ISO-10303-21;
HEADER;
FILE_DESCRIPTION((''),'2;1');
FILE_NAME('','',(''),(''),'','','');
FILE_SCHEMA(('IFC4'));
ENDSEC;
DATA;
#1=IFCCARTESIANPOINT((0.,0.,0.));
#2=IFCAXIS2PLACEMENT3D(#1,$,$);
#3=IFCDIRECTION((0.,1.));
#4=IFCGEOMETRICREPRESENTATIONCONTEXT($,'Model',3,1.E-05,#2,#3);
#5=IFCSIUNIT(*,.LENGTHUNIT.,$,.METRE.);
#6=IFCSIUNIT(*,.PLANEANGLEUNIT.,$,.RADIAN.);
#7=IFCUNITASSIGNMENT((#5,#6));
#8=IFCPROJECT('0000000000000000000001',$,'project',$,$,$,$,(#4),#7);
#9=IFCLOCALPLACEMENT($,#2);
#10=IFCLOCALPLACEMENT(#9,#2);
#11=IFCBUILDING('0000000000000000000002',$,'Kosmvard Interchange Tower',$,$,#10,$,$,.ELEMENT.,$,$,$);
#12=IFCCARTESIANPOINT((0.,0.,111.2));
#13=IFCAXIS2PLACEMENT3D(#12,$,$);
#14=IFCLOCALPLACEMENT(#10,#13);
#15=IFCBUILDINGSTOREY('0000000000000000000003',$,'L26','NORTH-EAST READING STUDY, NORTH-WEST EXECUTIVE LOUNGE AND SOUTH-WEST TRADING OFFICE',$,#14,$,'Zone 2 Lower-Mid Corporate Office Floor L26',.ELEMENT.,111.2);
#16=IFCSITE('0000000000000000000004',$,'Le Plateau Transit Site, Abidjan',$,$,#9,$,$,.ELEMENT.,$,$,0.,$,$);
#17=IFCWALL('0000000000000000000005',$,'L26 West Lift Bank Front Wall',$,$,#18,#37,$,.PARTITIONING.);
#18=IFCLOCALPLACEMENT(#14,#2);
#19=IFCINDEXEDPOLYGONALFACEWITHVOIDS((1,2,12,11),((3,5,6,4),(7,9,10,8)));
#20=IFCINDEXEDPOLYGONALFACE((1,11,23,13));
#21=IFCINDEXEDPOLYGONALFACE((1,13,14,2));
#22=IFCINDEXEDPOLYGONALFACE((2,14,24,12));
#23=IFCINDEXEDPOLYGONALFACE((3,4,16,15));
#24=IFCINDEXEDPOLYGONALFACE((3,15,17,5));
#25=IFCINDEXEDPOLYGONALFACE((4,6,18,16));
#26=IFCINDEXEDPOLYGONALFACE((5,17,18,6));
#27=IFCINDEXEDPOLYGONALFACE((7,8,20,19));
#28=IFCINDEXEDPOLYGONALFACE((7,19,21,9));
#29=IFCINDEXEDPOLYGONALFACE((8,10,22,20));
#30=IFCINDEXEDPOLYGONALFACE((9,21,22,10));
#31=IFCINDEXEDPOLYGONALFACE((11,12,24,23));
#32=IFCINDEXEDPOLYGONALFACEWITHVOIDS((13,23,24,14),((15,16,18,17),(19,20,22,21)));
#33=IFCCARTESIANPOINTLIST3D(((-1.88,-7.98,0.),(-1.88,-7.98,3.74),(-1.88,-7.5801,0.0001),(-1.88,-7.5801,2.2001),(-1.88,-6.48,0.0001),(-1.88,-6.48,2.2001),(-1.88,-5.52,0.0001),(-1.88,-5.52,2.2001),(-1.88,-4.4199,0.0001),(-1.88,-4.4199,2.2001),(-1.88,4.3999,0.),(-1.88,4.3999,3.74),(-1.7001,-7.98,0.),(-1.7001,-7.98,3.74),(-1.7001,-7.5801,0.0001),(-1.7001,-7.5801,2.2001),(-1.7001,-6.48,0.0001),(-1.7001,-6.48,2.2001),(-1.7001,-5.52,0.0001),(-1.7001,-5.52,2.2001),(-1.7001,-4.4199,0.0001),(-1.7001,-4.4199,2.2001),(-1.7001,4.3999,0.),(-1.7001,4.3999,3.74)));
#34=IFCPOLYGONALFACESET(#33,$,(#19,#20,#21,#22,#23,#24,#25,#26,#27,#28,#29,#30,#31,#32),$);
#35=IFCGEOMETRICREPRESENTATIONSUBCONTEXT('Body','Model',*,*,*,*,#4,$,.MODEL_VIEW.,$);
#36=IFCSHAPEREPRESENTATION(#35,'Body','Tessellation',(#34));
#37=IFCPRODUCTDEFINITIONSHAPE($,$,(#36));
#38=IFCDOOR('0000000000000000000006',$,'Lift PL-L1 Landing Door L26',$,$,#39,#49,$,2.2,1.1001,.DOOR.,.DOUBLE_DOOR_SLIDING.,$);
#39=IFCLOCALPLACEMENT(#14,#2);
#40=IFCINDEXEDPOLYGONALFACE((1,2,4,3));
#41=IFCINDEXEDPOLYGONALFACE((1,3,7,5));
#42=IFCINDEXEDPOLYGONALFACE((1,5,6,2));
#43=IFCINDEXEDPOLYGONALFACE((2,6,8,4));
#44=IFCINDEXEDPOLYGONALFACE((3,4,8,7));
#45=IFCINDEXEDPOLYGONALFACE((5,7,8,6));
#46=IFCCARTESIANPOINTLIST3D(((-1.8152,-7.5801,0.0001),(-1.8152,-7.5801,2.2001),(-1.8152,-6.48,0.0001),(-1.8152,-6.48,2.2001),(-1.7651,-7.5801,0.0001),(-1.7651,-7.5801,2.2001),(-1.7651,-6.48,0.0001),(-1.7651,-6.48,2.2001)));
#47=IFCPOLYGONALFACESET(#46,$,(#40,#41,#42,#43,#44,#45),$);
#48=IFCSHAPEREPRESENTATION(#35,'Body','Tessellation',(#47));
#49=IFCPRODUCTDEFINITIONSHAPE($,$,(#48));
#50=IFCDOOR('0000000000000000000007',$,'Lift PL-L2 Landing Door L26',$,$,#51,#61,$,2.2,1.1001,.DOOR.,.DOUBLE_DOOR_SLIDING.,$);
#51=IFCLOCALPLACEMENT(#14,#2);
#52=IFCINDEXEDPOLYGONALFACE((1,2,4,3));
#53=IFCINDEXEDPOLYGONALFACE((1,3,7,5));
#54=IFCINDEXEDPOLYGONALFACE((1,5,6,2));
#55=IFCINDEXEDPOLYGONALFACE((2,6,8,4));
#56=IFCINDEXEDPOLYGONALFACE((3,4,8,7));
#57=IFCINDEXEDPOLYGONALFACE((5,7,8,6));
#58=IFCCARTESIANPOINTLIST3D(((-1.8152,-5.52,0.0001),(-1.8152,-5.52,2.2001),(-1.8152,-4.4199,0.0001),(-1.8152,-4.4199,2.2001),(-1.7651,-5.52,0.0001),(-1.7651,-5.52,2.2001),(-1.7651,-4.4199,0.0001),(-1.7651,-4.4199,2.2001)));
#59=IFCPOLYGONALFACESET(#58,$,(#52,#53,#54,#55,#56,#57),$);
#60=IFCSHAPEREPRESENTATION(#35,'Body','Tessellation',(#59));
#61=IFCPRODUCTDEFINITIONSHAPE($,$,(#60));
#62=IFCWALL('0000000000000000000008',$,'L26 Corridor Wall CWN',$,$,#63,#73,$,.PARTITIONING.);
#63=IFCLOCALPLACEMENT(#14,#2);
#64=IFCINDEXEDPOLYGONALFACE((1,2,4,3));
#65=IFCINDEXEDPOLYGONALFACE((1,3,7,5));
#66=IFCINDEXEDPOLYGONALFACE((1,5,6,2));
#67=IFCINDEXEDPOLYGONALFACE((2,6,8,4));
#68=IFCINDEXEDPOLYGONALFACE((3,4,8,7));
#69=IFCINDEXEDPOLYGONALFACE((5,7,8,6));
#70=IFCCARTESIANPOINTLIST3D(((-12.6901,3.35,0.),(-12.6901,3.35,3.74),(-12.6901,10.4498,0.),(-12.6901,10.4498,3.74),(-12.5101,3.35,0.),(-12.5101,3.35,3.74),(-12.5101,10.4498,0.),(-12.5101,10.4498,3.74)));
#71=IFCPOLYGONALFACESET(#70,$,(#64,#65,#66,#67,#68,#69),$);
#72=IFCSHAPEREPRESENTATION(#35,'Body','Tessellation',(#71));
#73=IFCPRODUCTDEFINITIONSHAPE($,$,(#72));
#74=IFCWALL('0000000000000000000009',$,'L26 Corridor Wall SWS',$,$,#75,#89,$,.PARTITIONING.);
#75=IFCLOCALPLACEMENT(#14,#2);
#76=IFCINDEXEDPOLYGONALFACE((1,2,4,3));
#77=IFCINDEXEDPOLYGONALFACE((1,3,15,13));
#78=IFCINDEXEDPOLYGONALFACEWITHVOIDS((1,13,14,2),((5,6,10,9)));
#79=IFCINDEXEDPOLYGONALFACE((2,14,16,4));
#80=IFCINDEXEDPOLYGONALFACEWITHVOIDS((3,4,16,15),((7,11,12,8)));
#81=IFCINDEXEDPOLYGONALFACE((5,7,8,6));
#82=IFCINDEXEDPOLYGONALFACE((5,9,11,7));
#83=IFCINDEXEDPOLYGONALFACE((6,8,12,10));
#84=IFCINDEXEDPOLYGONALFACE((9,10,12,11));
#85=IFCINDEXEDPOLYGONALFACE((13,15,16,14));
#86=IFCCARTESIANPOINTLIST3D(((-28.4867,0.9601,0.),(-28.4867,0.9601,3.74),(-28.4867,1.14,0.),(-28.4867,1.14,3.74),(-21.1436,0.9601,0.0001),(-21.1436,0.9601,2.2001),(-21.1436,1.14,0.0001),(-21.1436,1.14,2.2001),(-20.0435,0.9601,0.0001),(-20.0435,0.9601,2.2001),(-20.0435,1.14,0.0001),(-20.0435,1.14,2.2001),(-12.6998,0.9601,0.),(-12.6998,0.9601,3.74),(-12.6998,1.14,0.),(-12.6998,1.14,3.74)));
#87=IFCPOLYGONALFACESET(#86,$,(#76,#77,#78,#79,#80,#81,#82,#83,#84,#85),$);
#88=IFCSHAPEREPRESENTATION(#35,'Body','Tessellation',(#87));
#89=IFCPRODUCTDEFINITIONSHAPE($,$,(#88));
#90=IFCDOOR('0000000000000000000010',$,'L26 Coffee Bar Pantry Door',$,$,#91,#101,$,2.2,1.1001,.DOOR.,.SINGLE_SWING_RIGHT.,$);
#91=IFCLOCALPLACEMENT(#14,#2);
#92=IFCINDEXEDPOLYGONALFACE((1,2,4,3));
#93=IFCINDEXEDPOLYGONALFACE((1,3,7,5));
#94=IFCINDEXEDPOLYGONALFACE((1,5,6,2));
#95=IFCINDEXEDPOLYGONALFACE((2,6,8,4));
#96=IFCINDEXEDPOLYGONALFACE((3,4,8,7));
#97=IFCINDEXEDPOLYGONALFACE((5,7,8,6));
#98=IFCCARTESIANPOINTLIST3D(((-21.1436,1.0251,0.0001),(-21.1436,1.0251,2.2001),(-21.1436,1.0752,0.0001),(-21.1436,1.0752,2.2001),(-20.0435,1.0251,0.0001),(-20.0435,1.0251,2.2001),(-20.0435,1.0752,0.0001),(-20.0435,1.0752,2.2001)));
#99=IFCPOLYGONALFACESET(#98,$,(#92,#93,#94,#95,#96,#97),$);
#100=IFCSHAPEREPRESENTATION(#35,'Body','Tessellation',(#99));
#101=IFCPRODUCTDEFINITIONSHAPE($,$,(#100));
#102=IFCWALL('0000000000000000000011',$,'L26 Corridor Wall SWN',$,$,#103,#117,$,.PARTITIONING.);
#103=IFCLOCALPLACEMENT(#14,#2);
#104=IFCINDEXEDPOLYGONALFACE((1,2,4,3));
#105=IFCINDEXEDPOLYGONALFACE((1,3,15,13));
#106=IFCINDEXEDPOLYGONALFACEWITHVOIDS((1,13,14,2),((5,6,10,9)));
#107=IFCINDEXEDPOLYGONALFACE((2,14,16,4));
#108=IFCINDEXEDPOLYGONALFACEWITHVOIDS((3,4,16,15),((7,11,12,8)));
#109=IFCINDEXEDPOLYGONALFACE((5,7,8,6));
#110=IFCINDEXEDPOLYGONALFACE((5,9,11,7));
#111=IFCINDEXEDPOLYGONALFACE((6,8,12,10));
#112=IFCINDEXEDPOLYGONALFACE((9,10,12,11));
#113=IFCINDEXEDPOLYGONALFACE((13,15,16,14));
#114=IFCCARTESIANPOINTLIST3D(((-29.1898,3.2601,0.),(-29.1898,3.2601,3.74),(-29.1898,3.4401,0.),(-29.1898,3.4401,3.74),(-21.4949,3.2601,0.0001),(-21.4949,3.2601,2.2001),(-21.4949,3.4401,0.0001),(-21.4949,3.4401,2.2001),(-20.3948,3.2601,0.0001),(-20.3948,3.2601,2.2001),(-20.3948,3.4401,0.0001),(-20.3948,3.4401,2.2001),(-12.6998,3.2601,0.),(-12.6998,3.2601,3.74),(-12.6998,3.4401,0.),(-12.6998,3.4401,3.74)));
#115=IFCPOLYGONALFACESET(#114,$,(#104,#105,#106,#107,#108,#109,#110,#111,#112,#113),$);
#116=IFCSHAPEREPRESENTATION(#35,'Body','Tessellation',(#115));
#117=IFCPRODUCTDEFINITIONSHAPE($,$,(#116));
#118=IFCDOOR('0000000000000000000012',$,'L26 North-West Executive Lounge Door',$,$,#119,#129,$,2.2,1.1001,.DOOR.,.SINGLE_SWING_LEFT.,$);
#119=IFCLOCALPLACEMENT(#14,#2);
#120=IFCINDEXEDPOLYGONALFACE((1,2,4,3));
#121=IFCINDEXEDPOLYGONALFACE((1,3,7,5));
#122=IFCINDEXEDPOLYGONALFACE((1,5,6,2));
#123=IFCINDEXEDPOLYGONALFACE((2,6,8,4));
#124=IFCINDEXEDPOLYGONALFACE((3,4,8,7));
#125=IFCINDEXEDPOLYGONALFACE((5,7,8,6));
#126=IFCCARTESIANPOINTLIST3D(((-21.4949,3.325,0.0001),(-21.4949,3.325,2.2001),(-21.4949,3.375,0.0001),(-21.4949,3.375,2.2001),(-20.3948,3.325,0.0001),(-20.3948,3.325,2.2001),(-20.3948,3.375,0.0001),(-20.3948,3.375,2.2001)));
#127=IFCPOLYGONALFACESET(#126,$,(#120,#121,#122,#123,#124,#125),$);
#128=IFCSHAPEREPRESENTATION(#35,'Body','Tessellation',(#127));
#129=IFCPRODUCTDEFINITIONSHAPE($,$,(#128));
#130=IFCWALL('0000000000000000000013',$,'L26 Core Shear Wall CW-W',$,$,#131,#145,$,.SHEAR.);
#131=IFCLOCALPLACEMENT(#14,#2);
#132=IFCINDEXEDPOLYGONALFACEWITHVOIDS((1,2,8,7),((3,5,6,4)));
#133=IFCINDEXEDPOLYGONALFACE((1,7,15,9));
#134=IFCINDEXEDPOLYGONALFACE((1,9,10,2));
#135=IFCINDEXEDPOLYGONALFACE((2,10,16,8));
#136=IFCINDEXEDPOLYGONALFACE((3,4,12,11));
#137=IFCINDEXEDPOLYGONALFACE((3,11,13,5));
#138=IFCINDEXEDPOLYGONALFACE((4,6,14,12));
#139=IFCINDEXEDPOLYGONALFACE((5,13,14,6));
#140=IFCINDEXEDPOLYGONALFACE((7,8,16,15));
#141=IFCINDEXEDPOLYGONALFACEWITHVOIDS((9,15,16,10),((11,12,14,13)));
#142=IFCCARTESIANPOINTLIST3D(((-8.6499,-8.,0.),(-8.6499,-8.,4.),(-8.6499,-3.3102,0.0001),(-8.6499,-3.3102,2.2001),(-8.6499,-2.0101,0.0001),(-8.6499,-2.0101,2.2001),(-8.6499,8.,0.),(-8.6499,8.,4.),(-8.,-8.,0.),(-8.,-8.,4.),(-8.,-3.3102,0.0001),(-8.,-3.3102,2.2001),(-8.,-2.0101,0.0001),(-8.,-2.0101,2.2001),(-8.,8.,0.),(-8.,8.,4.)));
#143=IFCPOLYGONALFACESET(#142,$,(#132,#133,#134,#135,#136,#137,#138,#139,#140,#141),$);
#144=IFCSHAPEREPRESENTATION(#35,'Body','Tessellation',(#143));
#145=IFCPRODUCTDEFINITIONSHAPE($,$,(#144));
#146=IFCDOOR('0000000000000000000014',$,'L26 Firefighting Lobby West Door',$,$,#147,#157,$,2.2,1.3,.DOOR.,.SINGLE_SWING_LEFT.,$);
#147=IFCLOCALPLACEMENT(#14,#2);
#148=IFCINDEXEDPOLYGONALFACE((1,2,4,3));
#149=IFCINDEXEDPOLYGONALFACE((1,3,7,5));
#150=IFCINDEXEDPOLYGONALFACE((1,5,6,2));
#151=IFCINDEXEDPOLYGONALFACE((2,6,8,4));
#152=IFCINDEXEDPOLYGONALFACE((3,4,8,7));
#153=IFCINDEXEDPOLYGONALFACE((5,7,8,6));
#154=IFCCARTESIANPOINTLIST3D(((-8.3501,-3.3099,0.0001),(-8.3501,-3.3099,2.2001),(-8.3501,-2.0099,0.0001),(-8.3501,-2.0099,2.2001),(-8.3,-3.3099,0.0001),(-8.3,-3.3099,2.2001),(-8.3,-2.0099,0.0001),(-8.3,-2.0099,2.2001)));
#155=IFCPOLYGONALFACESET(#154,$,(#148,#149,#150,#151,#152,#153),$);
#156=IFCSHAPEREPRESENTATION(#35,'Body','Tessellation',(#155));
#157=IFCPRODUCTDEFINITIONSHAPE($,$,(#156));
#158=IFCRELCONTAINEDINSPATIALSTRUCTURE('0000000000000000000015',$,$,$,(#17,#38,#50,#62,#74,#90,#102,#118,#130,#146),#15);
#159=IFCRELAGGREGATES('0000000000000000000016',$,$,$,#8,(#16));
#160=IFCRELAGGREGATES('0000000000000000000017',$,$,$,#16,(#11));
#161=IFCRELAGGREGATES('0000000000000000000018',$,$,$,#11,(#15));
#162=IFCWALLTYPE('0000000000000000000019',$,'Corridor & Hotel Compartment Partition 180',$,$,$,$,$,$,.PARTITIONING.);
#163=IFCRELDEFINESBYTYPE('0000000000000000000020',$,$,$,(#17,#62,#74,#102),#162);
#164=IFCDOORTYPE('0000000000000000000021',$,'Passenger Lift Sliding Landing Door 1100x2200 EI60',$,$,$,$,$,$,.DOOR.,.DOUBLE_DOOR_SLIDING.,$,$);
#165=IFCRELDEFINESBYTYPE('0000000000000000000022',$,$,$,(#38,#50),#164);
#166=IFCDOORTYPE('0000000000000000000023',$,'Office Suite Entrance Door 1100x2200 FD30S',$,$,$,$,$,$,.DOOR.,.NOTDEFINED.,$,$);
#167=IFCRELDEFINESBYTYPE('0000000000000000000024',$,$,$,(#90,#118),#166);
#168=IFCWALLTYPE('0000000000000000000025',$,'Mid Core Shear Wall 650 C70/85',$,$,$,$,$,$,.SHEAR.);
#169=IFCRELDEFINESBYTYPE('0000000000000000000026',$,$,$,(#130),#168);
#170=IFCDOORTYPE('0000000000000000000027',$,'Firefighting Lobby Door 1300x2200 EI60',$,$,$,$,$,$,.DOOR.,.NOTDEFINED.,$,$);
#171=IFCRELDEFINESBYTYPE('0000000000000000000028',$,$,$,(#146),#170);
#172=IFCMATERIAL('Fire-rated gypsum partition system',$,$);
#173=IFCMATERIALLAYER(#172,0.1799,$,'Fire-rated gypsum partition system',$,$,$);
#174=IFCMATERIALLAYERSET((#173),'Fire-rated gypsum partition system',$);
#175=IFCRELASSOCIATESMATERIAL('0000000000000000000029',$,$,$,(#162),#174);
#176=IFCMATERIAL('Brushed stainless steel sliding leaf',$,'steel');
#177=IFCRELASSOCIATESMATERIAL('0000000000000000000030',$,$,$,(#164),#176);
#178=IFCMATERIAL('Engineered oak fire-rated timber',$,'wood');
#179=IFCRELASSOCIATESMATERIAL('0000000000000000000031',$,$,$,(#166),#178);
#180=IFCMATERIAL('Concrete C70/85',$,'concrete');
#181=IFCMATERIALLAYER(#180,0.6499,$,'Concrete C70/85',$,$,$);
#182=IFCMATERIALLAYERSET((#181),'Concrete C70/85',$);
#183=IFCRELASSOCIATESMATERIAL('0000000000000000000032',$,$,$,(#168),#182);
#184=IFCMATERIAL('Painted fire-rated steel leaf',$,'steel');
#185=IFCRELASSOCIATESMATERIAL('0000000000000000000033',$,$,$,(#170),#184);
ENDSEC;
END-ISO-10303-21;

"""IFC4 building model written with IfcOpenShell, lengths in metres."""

from ifc_helpers import new_model, si_unit, direction, frame, frame_2d, origin, place, context, subcontext, project, spatial, rectangle, extrude, source, transform, mapped, material, layer, layer_set, type_object, element, fill, save


model = new_model("IFC4")

# Units and contexts
model_context = context("Model", 3, precision=1e-05, world=origin(), true_north=direction((0.0, 1.0)))
body_context = subcontext(model_context, "Body", "Model", "MODEL_VIEW")
ifc_project = project(units=[si_unit("LENGTHUNIT", "METRE"), si_unit("PLANEANGLEUNIT", "RADIAN")], contexts=[model_context])

# Site, building, storey
site_placement = place(None, origin())
site = spatial("IfcSite", under=ifc_project, at=site_placement, Name="Le Plateau Transit Site, Abidjan", CompositionType="ELEMENT", RefElevation=0.0)
building_placement = place(site_placement, origin())
building = spatial("IfcBuilding", under=site, at=building_placement, Name="Kosmvard Interchange Tower", CompositionType="ELEMENT")
storey_placement = place(building_placement, frame((0.0, 0.0, 111.2)))
storey = spatial("IfcBuildingStorey", under=building, at=storey_placement, Name="L26", Description="NORTH-EAST READING STUDY, NORTH-WEST EXECUTIVE LOUNGE AND SOUTH-WEST TRADING OFFICE", LongName="Zone 2 Lower-Mid Corporate Office Floor L26", CompositionType="ELEMENT", Elevation=111.2)

# Wall, openings, doors
ifc_material_1 = material(Name="Fire-rated gypsum partition system")
ifc_layer_1 = layer(ifc_material_1, 0.1799, Name="Fire-rated gypsum partition system")
ifc_layer_set_1 = layer_set([ifc_layer_1], Name="Fire-rated gypsum partition system")
wall_type_1 = type_object("IfcWallType", Name="Corridor & Hotel Compartment Partition 180", PredefinedType="PARTITIONING", material=ifc_layer_set_1)
wall_1_placement = place(storey_placement, frame((-1.79, -7.98, 0.0), z_axis=(0.0, 0.0, 1.0), x_axis=(0.0, 1.0, 0.0)))
wall_1 = element("IfcWall", 1, at=wall_1_placement, inside=storey, type_object=wall_type_1, Name="L26 West Lift Bank Front Wall", PredefinedType="PARTITIONING", context=body_context, shape_type="SweptSolid", body=[
    extrude(rectangle(XDim=12.3799, YDim=0.1799, at=frame_2d((6.1899, 0.0))), origin(), (0.0, 0.0, 1.0), 3.74),
])
opening_1_placement = place(wall_1_placement, frame((0.3999, 0.0, 0.0)))
opening_1 = element("IfcOpeningElement", 2, at=opening_1_placement, cuts=wall_1, PredefinedType="OPENING", context=body_context, shape_type="SweptSolid", body=[
    extrude(rectangle(XDim=1.1001, YDim=2.2, at=frame_2d((0.55, 1.1001))), frame((0.0, 0.1001, 0.0), z_axis=(0.0, -1.0, 0.0), x_axis=(1.0, 0.0, 0.0)), (0.0, 0.0, 1.0), 0.2),
])
opening_2_placement = place(wall_1_placement, frame((2.46, 0.0, 0.0)))
opening_2 = element("IfcOpeningElement", 3, at=opening_2_placement, cuts=wall_1, PredefinedType="OPENING", context=body_context, shape_type="SweptSolid", body=[
    extrude(rectangle(XDim=1.1001, YDim=2.2, at=frame_2d((0.55, 1.1001))), frame((0.0, 0.1001, 0.0), z_axis=(0.0, -1.0, 0.0), x_axis=(1.0, 0.0, 0.0)), (0.0, 0.0, 1.0), 0.2),
])
ifc_material_2 = material(Name="Brushed stainless steel sliding leaf", Category="steel")
door_type_1 = type_object("IfcDoorType", Name="Passenger Lift Sliding Landing Door 1100x2200 EI60", OperationType="DOUBLE_DOOR_SLIDING", PredefinedType="DOOR", material=ifc_material_2)
shared_shape_1 = source(origin(), body_context, "Body", "SweptSolid", [
    extrude(rectangle(XDim=1.1001, YDim=2.2, at=frame_2d((0.55, 1.1001))), frame((0.0, 0.0249, 0.0), z_axis=(0.0, -1.0, 0.0), x_axis=(1.0, 0.0, 0.0)), (0.0, 0.0, 1.0), 0.05),
])
door_1_placement = place(opening_1_placement, frame((1.1001, 0.0, 0.0), z_axis=(0.0, 0.0, 1.0), x_axis=(-1.0, 0.0, 0.0)))
door_1 = element("IfcDoor", 4, at=door_1_placement, inside=storey, type_object=door_type_1, Name="Lift PL-L1 Landing Door L26", OperationType="DOUBLE_DOOR_SLIDING", OverallHeight=2.2, OverallWidth=1.1001, PredefinedType="DOOR", context=body_context, shape_type="MappedRepresentation", body=[
    mapped(shared_shape_1, transform((0.0, 0.0, 0.0), scale=1.0)),
])
fill(opening_1, door_1)
door_2_placement = place(opening_2_placement, frame((1.1001, 0.0, 0.0), z_axis=(0.0, 0.0, 1.0), x_axis=(-1.0, 0.0, 0.0)))
door_2 = element("IfcDoor", 5, at=door_2_placement, inside=storey, type_object=door_type_1, Name="Lift PL-L2 Landing Door L26", OperationType="DOUBLE_DOOR_SLIDING", OverallHeight=2.2, OverallWidth=1.1001, PredefinedType="DOOR", context=body_context, shape_type="MappedRepresentation", body=[
    mapped(shared_shape_1, transform((0.0, 0.0, 0.0), scale=1.0)),
])
fill(opening_2, door_2)

# Wall
wall_2_placement = place(storey_placement, frame((-12.6001, 3.3501, 0.0), z_axis=(0.0, 0.0, 1.0), x_axis=(0.0, 1.0, 0.0)))
element("IfcWall", 6, at=wall_2_placement, inside=storey, type_object=wall_type_1, Name="L26 Corridor Wall CWN", PredefinedType="PARTITIONING", context=body_context, shape_type="SweptSolid", body=[
    extrude(rectangle(XDim=7.0999, YDim=0.1799, at=frame_2d((3.5498, 0.0))), origin(), (0.0, 0.0, 1.0), 3.74),
])

# Walls, openings, doors
wall_3_placement = place(storey_placement, frame((-28.4868, 1.05, 0.0), z_axis=(0.0, 0.0, 1.0), x_axis=(1.0, 0.0, 0.0)))
wall_3 = element("IfcWall", 7, at=wall_3_placement, inside=storey, type_object=wall_type_1, Name="L26 Corridor Wall SWS", PredefinedType="PARTITIONING", context=body_context, shape_type="SweptSolid", body=[
    extrude(rectangle(XDim=15.7869, YDim=0.1799, at=frame_2d((7.8936, 0.0))), origin(), (0.0, 0.0, 1.0), 3.74),
])
opening_3_placement = place(wall_3_placement, frame((7.3433, 0.0, 0.0)))
opening_3 = element("IfcOpeningElement", 8, at=opening_3_placement, cuts=wall_3, PredefinedType="OPENING", context=body_context, shape_type="SweptSolid", body=[
    extrude(rectangle(XDim=1.1001, YDim=2.2, at=frame_2d((0.55, 1.1001))), frame((0.0, 0.1001, 0.0), z_axis=(0.0, -1.0, 0.0), x_axis=(1.0, 0.0, 0.0)), (0.0, 0.0, 1.0), 0.2),
])
ifc_material_3 = material(Name="Engineered oak fire-rated timber", Category="wood")
door_type_2 = type_object("IfcDoorType", Name="Office Suite Entrance Door 1100x2200 FD30S", OperationType="NOTDEFINED", PredefinedType="DOOR", material=ifc_material_3)
door_3_placement = place(opening_3_placement, frame((1.1001, 0.0, 0.0), z_axis=(0.0, 0.0, 1.0), x_axis=(-1.0, 0.0, 0.0)))
door_3 = element("IfcDoor", 9, at=door_3_placement, inside=storey, type_object=door_type_2, Name="L26 Coffee Bar Pantry Door", OperationType="SINGLE_SWING_RIGHT", OverallHeight=2.2, OverallWidth=1.1001, PredefinedType="DOOR", context=body_context, shape_type="MappedRepresentation", body=[
    mapped(shared_shape_1, transform((0.0, 0.0, 0.0), scale=1.0)),
])
fill(opening_3, door_3)
wall_4_placement = place(storey_placement, frame((-29.1899, 3.3501, 0.0), z_axis=(0.0, 0.0, 1.0), x_axis=(1.0, 0.0, 0.0)))
wall_4 = element("IfcWall", 10, at=wall_4_placement, inside=storey, type_object=wall_type_1, Name="L26 Corridor Wall SWN", PredefinedType="PARTITIONING", context=body_context, shape_type="SweptSolid", body=[
    extrude(rectangle(XDim=16.49, YDim=0.1799, at=frame_2d((8.2451, 0.0))), origin(), (0.0, 0.0, 1.0), 3.74),
])
opening_4_placement = place(wall_4_placement, frame((7.6951, 0.0, 0.0)))
opening_4 = element("IfcOpeningElement", 11, at=opening_4_placement, cuts=wall_4, PredefinedType="OPENING", context=body_context, shape_type="SweptSolid", body=[
    extrude(rectangle(XDim=1.1001, YDim=2.2, at=frame_2d((0.55, 1.1001))), frame((0.0, 0.1001, 0.0), z_axis=(0.0, -1.0, 0.0), x_axis=(1.0, 0.0, 0.0)), (0.0, 0.0, 1.0), 0.2),
])
door_4_placement = place(opening_4_placement, origin())
door_4 = element("IfcDoor", 12, at=door_4_placement, inside=storey, type_object=door_type_2, Name="L26 North-West Executive Lounge Door", OperationType="SINGLE_SWING_LEFT", OverallHeight=2.2, OverallWidth=1.1001, PredefinedType="DOOR", context=body_context, shape_type="MappedRepresentation", body=[
    mapped(shared_shape_1, transform((0.0, 0.0, 0.0), scale=1.0)),
])
fill(opening_4, door_4)
ifc_material_4 = material(Name="Concrete C70/85", Category="concrete")
ifc_layer_2 = layer(ifc_material_4, 0.6499, Name="Concrete C70/85")
ifc_layer_set_2 = layer_set([ifc_layer_2], Name="Concrete C70/85")
wall_type_2 = type_object("IfcWallType", Name="Mid Core Shear Wall 650 C70/85", PredefinedType="SHEAR", material=ifc_layer_set_2)
wall_5_placement = place(storey_placement, frame((-8.325, -8.0, 0.0), z_axis=(0.0, 0.0, 1.0), x_axis=(0.0, 1.0, 0.0)))
wall_5 = element("IfcWall", 13, at=wall_5_placement, inside=storey, type_object=wall_type_2, Name="L26 Core Shear Wall CW-W", PredefinedType="SHEAR", context=body_context, shape_type="SweptSolid", body=[
    extrude(rectangle(XDim=16.0, YDim=0.6499, at=frame_2d((8.0, 0.0))), origin(), (0.0, 0.0, 1.0), 4.0),
])
opening_5_placement = place(wall_5_placement, frame((4.6899, 0.0, 0.0)))
opening_5 = element("IfcOpeningElement", 14, at=opening_5_placement, cuts=wall_5, PredefinedType="OPENING", context=body_context, shape_type="SweptSolid", body=[
    extrude(rectangle(XDim=1.3, YDim=2.2, at=frame_2d((0.6499, 1.1001))), frame((0.0, 0.335, 0.0), z_axis=(0.0, -1.0, 0.0), x_axis=(1.0, 0.0, 0.0)), (0.0, 0.0, 1.0), 0.6699),
])
ifc_material_5 = material(Name="Painted fire-rated steel leaf", Category="steel")
door_type_3 = type_object("IfcDoorType", Name="Firefighting Lobby Door 1300x2200 EI60", OperationType="NOTDEFINED", PredefinedType="DOOR", material=ifc_material_5)
shared_shape_2 = source(origin(), body_context, "Body", "SweptSolid", [
    extrude(rectangle(XDim=1.3, YDim=2.2, at=frame_2d((0.6499, 1.1001))), frame((0.0, 0.0249, 0.0), z_axis=(0.0, -1.0, 0.0), x_axis=(1.0, 0.0, 0.0)), (0.0, 0.0, 1.0), 0.05),
])
door_5_placement = place(opening_5_placement, frame((1.3, 0.0, 0.0), z_axis=(0.0, 0.0, 1.0), x_axis=(-1.0, 0.0, 0.0)))
door_5 = element("IfcDoor", 15, at=door_5_placement, inside=storey, type_object=door_type_3, Name="L26 Firefighting Lobby West Door", OperationType="SINGLE_SWING_LEFT", OverallHeight=2.2, OverallWidth=1.3, PredefinedType="DOOR", context=body_context, shape_type="MappedRepresentation", body=[
    mapped(shared_shape_2, transform((0.0, 0.0, 0.0), scale=1.0)),
])
fill(opening_5, door_5)

save(model, "model.ifc")
